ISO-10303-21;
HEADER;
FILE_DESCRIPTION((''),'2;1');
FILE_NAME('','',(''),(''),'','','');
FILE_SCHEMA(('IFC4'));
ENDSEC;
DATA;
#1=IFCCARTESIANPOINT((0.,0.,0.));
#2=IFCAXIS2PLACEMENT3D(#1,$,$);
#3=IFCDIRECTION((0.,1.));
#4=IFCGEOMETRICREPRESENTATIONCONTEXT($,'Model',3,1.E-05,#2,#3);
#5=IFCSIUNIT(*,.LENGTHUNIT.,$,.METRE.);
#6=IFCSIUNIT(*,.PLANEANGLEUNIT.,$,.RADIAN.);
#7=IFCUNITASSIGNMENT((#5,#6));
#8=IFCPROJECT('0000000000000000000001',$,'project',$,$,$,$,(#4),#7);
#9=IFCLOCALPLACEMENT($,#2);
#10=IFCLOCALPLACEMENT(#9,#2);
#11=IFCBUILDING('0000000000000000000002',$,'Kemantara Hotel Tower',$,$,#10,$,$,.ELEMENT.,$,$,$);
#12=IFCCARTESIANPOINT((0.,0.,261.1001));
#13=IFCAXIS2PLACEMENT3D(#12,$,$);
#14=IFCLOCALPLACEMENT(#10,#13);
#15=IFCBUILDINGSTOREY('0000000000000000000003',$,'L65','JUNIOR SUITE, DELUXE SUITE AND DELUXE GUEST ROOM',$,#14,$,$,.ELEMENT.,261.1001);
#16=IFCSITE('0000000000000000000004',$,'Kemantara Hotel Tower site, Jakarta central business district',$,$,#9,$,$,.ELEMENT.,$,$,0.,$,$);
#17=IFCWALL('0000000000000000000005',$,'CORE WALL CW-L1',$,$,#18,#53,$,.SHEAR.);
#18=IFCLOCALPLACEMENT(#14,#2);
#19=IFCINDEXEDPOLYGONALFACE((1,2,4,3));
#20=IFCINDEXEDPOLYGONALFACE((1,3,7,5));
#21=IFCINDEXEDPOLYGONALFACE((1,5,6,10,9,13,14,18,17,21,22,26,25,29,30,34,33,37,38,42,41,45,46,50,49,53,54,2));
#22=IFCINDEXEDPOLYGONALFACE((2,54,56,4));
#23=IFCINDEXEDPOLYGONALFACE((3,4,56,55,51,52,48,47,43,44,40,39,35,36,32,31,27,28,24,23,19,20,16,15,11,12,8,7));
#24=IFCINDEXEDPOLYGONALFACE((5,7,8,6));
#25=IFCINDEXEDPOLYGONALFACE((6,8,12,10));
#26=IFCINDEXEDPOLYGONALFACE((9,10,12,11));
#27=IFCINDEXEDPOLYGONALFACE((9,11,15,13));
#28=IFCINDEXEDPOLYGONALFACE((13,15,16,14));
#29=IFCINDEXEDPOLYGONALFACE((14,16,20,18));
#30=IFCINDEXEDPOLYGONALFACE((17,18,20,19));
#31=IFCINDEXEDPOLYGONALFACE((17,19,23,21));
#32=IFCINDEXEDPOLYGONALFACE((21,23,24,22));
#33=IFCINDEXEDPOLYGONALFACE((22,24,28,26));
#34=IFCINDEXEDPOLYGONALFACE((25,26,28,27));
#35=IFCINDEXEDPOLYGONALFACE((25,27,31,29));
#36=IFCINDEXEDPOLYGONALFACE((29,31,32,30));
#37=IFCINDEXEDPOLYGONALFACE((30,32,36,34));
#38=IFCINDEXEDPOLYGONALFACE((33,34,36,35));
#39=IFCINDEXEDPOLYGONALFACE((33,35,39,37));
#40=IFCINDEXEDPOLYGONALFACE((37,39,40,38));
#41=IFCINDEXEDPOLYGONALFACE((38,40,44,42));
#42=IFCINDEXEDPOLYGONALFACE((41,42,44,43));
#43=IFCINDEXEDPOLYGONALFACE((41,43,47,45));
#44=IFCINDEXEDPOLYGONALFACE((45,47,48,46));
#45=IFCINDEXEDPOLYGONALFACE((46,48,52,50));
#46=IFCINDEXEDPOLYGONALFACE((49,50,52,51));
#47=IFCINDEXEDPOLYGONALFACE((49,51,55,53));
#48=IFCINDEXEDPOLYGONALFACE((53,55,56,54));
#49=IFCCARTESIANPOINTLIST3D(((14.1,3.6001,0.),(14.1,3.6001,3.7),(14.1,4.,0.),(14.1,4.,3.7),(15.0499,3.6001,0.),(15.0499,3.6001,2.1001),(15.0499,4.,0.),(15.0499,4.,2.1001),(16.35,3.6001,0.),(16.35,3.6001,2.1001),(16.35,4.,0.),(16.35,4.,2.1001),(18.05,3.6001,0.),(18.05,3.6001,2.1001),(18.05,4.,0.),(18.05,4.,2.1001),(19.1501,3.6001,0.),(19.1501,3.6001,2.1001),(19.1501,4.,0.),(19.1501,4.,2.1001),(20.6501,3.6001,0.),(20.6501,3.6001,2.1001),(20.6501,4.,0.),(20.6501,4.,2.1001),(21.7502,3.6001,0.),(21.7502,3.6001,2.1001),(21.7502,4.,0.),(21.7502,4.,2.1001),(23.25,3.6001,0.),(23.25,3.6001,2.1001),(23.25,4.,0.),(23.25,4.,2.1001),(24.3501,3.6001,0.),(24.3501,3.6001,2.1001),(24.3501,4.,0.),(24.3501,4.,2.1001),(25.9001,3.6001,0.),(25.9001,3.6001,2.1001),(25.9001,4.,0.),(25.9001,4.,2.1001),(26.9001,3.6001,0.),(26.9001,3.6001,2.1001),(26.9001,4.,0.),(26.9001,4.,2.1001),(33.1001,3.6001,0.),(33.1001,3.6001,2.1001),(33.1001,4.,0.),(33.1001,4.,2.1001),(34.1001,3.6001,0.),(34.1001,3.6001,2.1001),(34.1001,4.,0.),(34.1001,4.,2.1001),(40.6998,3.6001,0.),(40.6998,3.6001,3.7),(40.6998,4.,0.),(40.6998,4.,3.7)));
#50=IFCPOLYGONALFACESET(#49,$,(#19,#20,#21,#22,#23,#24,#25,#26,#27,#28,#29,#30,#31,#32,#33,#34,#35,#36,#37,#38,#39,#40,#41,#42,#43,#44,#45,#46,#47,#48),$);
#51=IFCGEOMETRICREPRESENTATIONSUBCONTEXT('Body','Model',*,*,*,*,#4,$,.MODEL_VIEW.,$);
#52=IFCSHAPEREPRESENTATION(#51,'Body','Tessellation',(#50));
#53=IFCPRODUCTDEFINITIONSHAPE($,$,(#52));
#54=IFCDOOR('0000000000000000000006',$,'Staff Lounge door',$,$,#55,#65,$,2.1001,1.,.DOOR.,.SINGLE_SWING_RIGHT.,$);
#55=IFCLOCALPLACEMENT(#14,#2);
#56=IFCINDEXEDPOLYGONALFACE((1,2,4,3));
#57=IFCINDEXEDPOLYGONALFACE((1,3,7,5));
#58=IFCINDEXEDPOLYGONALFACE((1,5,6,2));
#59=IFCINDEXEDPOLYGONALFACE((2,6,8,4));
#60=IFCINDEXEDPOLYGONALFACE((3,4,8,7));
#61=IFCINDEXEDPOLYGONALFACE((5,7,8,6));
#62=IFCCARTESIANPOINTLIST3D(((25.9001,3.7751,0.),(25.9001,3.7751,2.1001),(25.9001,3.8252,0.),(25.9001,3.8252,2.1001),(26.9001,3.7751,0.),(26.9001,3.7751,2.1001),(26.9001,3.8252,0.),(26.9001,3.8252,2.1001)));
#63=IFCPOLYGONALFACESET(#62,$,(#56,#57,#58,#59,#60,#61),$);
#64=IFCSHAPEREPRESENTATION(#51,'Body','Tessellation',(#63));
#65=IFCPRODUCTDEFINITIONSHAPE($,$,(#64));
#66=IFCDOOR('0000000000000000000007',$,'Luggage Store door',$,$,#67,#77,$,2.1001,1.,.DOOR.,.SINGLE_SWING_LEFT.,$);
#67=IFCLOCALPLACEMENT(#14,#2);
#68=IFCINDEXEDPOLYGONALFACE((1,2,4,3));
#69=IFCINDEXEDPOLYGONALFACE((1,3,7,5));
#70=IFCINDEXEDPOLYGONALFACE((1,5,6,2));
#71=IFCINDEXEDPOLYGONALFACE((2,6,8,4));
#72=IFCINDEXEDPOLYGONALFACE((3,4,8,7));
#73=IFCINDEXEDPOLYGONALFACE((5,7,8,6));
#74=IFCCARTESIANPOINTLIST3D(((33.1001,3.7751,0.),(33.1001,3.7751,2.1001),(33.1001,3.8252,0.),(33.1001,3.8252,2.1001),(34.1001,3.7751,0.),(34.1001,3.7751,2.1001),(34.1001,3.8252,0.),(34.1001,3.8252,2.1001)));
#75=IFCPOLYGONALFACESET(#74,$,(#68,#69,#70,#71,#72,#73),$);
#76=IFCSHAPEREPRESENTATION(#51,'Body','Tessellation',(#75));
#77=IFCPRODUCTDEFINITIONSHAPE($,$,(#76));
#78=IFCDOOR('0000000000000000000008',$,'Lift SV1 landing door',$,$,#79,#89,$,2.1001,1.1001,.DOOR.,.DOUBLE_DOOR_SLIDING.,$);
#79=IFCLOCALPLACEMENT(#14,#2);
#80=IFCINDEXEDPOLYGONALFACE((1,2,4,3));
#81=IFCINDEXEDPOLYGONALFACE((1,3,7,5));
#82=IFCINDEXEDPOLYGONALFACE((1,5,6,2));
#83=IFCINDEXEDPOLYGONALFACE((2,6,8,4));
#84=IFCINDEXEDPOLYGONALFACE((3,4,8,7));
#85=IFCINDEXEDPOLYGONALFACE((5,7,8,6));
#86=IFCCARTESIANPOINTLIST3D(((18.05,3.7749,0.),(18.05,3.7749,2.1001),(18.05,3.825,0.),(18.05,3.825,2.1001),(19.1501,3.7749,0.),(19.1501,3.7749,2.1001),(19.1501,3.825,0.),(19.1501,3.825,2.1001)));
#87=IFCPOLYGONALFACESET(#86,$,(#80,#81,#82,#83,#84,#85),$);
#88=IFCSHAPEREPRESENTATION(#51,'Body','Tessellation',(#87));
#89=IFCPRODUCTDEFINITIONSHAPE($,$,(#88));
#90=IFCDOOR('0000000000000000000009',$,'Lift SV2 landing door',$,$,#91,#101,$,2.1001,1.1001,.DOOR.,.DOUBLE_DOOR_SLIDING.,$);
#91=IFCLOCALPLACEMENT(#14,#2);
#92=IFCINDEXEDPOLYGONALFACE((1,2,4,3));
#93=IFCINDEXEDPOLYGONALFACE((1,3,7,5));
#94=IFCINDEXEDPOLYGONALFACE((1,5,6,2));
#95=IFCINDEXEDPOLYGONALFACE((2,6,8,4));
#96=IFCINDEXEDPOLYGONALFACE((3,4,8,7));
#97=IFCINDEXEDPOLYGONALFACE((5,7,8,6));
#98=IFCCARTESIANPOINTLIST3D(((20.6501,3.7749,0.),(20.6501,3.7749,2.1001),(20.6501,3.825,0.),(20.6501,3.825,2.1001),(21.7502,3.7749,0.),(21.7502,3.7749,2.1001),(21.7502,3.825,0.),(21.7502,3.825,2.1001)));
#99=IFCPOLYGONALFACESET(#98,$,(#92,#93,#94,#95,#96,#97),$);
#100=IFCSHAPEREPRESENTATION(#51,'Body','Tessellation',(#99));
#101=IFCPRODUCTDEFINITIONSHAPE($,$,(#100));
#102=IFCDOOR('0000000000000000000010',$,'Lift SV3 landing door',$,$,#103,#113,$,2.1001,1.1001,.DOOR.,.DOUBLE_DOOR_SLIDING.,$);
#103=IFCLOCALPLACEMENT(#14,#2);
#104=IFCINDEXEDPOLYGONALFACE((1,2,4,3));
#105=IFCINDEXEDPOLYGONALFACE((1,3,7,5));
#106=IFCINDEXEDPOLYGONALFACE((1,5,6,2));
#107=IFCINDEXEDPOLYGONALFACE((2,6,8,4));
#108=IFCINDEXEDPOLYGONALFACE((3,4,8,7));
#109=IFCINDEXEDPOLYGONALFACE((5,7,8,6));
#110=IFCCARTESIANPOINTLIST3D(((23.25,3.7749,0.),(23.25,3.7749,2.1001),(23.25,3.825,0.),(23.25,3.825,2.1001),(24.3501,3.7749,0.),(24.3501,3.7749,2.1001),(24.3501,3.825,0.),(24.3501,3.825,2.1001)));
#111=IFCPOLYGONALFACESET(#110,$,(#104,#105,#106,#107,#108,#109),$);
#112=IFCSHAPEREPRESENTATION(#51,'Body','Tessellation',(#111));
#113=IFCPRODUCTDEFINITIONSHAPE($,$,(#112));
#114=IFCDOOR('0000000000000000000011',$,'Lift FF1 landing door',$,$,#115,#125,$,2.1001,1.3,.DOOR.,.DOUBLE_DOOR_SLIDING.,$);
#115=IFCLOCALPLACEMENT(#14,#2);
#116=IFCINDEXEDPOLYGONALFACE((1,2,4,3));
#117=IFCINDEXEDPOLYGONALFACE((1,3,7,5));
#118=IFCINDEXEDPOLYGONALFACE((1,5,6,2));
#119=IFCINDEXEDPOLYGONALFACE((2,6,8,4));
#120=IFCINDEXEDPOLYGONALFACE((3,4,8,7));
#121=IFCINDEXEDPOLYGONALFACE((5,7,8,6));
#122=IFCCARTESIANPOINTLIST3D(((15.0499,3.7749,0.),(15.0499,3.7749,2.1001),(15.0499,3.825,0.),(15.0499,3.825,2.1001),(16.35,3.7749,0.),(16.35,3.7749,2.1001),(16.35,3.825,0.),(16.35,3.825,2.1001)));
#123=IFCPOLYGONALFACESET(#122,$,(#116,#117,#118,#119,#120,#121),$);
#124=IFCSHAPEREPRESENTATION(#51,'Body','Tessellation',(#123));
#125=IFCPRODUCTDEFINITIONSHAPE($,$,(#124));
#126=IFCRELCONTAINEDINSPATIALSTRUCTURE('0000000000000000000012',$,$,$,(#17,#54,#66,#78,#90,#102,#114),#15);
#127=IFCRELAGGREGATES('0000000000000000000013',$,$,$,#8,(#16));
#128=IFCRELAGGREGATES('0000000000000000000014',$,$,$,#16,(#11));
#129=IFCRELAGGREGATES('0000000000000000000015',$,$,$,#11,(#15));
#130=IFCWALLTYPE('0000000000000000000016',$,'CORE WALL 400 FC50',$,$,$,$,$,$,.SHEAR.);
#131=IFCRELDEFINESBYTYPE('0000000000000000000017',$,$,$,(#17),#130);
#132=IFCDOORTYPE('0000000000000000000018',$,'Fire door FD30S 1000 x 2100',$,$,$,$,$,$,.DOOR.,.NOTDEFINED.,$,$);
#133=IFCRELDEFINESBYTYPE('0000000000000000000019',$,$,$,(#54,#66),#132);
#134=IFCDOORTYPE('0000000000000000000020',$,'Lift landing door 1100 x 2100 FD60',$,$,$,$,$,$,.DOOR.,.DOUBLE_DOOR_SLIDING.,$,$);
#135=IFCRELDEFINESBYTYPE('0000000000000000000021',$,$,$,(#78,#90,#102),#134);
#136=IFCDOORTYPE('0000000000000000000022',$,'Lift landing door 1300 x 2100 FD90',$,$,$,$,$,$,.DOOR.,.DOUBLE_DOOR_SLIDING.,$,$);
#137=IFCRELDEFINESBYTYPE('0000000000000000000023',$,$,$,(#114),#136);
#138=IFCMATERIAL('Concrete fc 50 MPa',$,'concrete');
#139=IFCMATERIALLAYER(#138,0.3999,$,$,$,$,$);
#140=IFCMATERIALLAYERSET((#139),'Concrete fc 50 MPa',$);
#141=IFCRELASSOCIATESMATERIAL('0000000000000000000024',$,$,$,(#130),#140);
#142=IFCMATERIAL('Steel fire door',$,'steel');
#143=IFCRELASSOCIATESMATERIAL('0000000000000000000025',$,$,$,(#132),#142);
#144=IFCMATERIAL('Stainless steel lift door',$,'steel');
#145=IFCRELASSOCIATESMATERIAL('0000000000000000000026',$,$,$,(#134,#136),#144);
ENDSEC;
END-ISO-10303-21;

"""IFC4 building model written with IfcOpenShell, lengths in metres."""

from ifc_helpers import new_model, si_unit, direction, frame, frame_2d, origin, place, context, subcontext, project, spatial, rectangle, extrude, material, layer, layer_set, type_object, element, fill, save


model = new_model("IFC4")

# Units and contexts
model_context = context("Model", 3, precision=1e-05, world=origin(), true_north=direction((0.0, 1.0)))
body_context = subcontext(model_context, "Body", "Model", "MODEL_VIEW")
ifc_project = project(units=[si_unit("LENGTHUNIT", "METRE"), si_unit("PLANEANGLEUNIT", "RADIAN")], contexts=[model_context])

# Site, building, storey
site_placement = place(None, origin())
site = spatial("IfcSite", under=ifc_project, at=site_placement, Name="Kemantara Hotel Tower site, Jakarta central business district", CompositionType="ELEMENT", RefElevation=0.0)
building_placement = place(site_placement, origin())
building = spatial("IfcBuilding", under=site, at=building_placement, Name="Kemantara Hotel Tower", CompositionType="ELEMENT")
storey_placement = place(building_placement, frame((0.0, 0.0, 261.1001)))
storey = spatial("IfcBuildingStorey", under=building, at=storey_placement, Name="L65", Description="JUNIOR SUITE, DELUXE SUITE AND DELUXE GUEST ROOM", CompositionType="ELEMENT", Elevation=261.1001)

# Shared definitions
ifc_material_1 = material(Name="Concrete fc 50 MPa", Category="concrete")

# Shared definitions
ifc_layer_1 = layer(ifc_material_1, 0.3999)
ifc_layer_set_1 = layer_set([ifc_layer_1], Name="Concrete fc 50 MPa")
wall_type_1 = type_object("IfcWallType", Name="CORE WALL 400 FC50", PredefinedType="SHEAR", material=ifc_layer_set_1)
ifc_material_2 = material(Name="Steel fire door", Category="steel")
door_type_1 = type_object("IfcDoorType", Name="Fire door FD30S 1000 x 2100", OperationType="NOTDEFINED", PredefinedType="DOOR", material=ifc_material_2)

# Wall, openings, doors
wall_1_placement = place(storey_placement, frame((14.1001, 3.8, 0.0), z_axis=(0.0, 0.0, 1.0), x_axis=(1.0, 0.0, 0.0)))
wall_1 = element("IfcWall", 1, at=wall_1_placement, inside=storey, type_object=wall_type_1, Name="CORE WALL CW-L1", PredefinedType="SHEAR", context=body_context, shape_type="SweptSolid", body=[
    extrude(rectangle(XDim=26.5999, YDim=0.3999, at=frame_2d((13.2998, 0.0))), origin(), (0.0, 0.0, 1.0), 3.7),
])
opening_1_placement = place(wall_1_placement, frame((0.95, 0.0, 0.0)))
opening_1 = element("IfcOpeningElement", 2, at=opening_1_placement, cuts=wall_1, PredefinedType="OPENING", context=body_context, shape_type="SweptSolid", body=[
    extrude(rectangle(XDim=1.3, YDim=2.1001, at=frame_2d((0.6499, 1.05))), frame((0.0, 0.21, 0.0), z_axis=(0.0, -1.0, 0.0), x_axis=(1.0, 0.0, 0.0)), (0.0, 0.0, 1.0), 0.4199),
])
opening_2_placement = place(wall_1_placement, frame((3.95, 0.0, 0.0)))
opening_2 = element("IfcOpeningElement", 3, at=opening_2_placement, cuts=wall_1, PredefinedType="OPENING", context=body_context, shape_type="SweptSolid", body=[
    extrude(rectangle(XDim=1.1001, YDim=2.1001, at=frame_2d((0.55, 1.05))), frame((0.0, 0.21, 0.0), z_axis=(0.0, -1.0, 0.0), x_axis=(1.0, 0.0, 0.0)), (0.0, 0.0, 1.0), 0.4199),
])
opening_3_placement = place(wall_1_placement, frame((6.55, 0.0, 0.0)))
opening_3 = element("IfcOpeningElement", 4, at=opening_3_placement, cuts=wall_1, PredefinedType="OPENING", context=body_context, shape_type="SweptSolid", body=[
    extrude(rectangle(XDim=1.1001, YDim=2.1001, at=frame_2d((0.55, 1.05))), frame((0.0, 0.21, 0.0), z_axis=(0.0, -1.0, 0.0), x_axis=(1.0, 0.0, 0.0)), (0.0, 0.0, 1.0), 0.4199),
])
opening_4_placement = place(wall_1_placement, frame((9.1499, 0.0, 0.0)))
opening_4 = element("IfcOpeningElement", 5, at=opening_4_placement, cuts=wall_1, PredefinedType="OPENING", context=body_context, shape_type="SweptSolid", body=[
    extrude(rectangle(XDim=1.1001, YDim=2.1001, at=frame_2d((0.55, 1.05))), frame((0.0, 0.21, 0.0), z_axis=(0.0, -1.0, 0.0), x_axis=(1.0, 0.0, 0.0)), (0.0, 0.0, 1.0), 0.4199),
])
opening_5_placement = place(wall_1_placement, frame((11.8, 0.0, 0.0)))
opening_5 = element("IfcOpeningElement", 6, at=opening_5_placement, cuts=wall_1, PredefinedType="OPENING", context=body_context, shape_type="SweptSolid", body=[
    extrude(rectangle(XDim=1.0, YDim=2.1001, at=frame_2d((0.5, 1.05))), frame((0.0, 0.21, 0.0), z_axis=(0.0, -1.0, 0.0), x_axis=(1.0, 0.0, 0.0)), (0.0, 0.0, 1.0), 0.4199),
])
opening_6_placement = place(wall_1_placement, frame((19.0, 0.0, 0.0)))
opening_6 = element("IfcOpeningElement", 7, at=opening_6_placement, cuts=wall_1, PredefinedType="OPENING", context=body_context, shape_type="SweptSolid", body=[
    extrude(rectangle(XDim=1.0, YDim=2.1001, at=frame_2d((0.5, 1.05))), frame((0.0, 0.21, 0.0), z_axis=(0.0, -1.0, 0.0), x_axis=(1.0, 0.0, 0.0)), (0.0, 0.0, 1.0), 0.4199),
])
door_1_placement = place(opening_5_placement, frame((1.0, 0.0, 0.0), z_axis=(0.0, 0.0, 1.0), x_axis=(-1.0, 0.0, 0.0)))
door_1 = element("IfcDoor", 8, at=door_1_placement, inside=storey, type_object=door_type_1, Name="Staff Lounge door", OperationType="SINGLE_SWING_RIGHT", OverallHeight=2.1001, OverallWidth=1.0, PredefinedType="DOOR", context=body_context, shape_type="SweptSolid", body=[
    extrude(rectangle(XDim=1.0, YDim=2.1001, at=frame_2d((0.5, 1.05))), frame((0.0, 0.0249, 0.0), z_axis=(0.0, -1.0, 0.0), x_axis=(1.0, 0.0, 0.0)), (0.0, 0.0, 1.0), 0.05),
])
fill(opening_5, door_1)
door_2_placement = place(opening_6_placement, frame((1.0, 0.0, 0.0), z_axis=(0.0, 0.0, 1.0), x_axis=(-1.0, 0.0, 0.0)))
door_2 = element("IfcDoor", 9, at=door_2_placement, inside=storey, type_object=door_type_1, Name="Luggage Store door", OperationType="SINGLE_SWING_LEFT", OverallHeight=2.1001, OverallWidth=1.0, PredefinedType="DOOR", context=body_context, shape_type="SweptSolid", body=[
    extrude(rectangle(XDim=1.0, YDim=2.1001, at=frame_2d((0.5, 1.05))), frame((0.0, 0.0249, 0.0), z_axis=(0.0, -1.0, 0.0), x_axis=(1.0, 0.0, 0.0)), (0.0, 0.0, 1.0), 0.05),
])
fill(opening_6, door_2)
ifc_material_3 = material(Name="Stainless steel lift door", Category="steel")
door_type_2 = type_object("IfcDoorType", Name="Lift landing door 1100 x 2100 FD60", OperationType="DOUBLE_DOOR_SLIDING", PredefinedType="DOOR", material=ifc_material_3)
door_3_placement = place(opening_2_placement, origin())
door_3 = element("IfcDoor", 10, at=door_3_placement, inside=storey, type_object=door_type_2, Name="Lift SV1 landing door", OperationType="DOUBLE_DOOR_SLIDING", OverallHeight=2.1001, OverallWidth=1.1001, PredefinedType="DOOR", context=body_context, shape_type="SweptSolid", body=[
    extrude(rectangle(XDim=1.1001, YDim=2.1001, at=frame_2d((0.55, 1.05))), frame((0.0, 0.0249, 0.0), z_axis=(0.0, -1.0, 0.0), x_axis=(1.0, 0.0, 0.0)), (0.0, 0.0, 1.0), 0.05),
])
fill(opening_2, door_3)
door_4_placement = place(opening_3_placement, origin())
door_4 = element("IfcDoor", 11, at=door_4_placement, inside=storey, type_object=door_type_2, Name="Lift SV2 landing door", OperationType="DOUBLE_DOOR_SLIDING", OverallHeight=2.1001, OverallWidth=1.1001, PredefinedType="DOOR", context=body_context, shape_type="SweptSolid", body=[
    extrude(rectangle(XDim=1.1001, YDim=2.1001, at=frame_2d((0.55, 1.05))), frame((0.0, 0.0249, 0.0), z_axis=(0.0, -1.0, 0.0), x_axis=(1.0, 0.0, 0.0)), (0.0, 0.0, 1.0), 0.05),
])
fill(opening_3, door_4)
door_5_placement = place(opening_4_placement, origin())
door_5 = element("IfcDoor", 12, at=door_5_placement, inside=storey, type_object=door_type_2, Name="Lift SV3 landing door", OperationType="DOUBLE_DOOR_SLIDING", OverallHeight=2.1001, OverallWidth=1.1001, PredefinedType="DOOR", context=body_context, shape_type="SweptSolid", body=[
    extrude(rectangle(XDim=1.1001, YDim=2.1001, at=frame_2d((0.55, 1.05))), frame((0.0, 0.0249, 0.0), z_axis=(0.0, -1.0, 0.0), x_axis=(1.0, 0.0, 0.0)), (0.0, 0.0, 1.0), 0.05),
])
fill(opening_4, door_5)
door_type_3 = type_object("IfcDoorType", Name="Lift landing door 1300 x 2100 FD90", OperationType="DOUBLE_DOOR_SLIDING", PredefinedType="DOOR", material=ifc_material_3)
door_6_placement = place(opening_1_placement, origin())
door_6 = element("IfcDoor", 13, at=door_6_placement, inside=storey, type_object=door_type_3, Name="Lift FF1 landing door", OperationType="DOUBLE_DOOR_SLIDING", OverallHeight=2.1001, OverallWidth=1.3, PredefinedType="DOOR", context=body_context, shape_type="SweptSolid", body=[
    extrude(rectangle(XDim=1.3, YDim=2.1001, at=frame_2d((0.6499, 1.05))), frame((0.0, 0.0249, 0.0), z_axis=(0.0, -1.0, 0.0), x_axis=(1.0, 0.0, 0.0)), (0.0, 0.0, 1.0), 0.05),
])
fill(opening_1, door_6)

save(model, "model.ifc")
